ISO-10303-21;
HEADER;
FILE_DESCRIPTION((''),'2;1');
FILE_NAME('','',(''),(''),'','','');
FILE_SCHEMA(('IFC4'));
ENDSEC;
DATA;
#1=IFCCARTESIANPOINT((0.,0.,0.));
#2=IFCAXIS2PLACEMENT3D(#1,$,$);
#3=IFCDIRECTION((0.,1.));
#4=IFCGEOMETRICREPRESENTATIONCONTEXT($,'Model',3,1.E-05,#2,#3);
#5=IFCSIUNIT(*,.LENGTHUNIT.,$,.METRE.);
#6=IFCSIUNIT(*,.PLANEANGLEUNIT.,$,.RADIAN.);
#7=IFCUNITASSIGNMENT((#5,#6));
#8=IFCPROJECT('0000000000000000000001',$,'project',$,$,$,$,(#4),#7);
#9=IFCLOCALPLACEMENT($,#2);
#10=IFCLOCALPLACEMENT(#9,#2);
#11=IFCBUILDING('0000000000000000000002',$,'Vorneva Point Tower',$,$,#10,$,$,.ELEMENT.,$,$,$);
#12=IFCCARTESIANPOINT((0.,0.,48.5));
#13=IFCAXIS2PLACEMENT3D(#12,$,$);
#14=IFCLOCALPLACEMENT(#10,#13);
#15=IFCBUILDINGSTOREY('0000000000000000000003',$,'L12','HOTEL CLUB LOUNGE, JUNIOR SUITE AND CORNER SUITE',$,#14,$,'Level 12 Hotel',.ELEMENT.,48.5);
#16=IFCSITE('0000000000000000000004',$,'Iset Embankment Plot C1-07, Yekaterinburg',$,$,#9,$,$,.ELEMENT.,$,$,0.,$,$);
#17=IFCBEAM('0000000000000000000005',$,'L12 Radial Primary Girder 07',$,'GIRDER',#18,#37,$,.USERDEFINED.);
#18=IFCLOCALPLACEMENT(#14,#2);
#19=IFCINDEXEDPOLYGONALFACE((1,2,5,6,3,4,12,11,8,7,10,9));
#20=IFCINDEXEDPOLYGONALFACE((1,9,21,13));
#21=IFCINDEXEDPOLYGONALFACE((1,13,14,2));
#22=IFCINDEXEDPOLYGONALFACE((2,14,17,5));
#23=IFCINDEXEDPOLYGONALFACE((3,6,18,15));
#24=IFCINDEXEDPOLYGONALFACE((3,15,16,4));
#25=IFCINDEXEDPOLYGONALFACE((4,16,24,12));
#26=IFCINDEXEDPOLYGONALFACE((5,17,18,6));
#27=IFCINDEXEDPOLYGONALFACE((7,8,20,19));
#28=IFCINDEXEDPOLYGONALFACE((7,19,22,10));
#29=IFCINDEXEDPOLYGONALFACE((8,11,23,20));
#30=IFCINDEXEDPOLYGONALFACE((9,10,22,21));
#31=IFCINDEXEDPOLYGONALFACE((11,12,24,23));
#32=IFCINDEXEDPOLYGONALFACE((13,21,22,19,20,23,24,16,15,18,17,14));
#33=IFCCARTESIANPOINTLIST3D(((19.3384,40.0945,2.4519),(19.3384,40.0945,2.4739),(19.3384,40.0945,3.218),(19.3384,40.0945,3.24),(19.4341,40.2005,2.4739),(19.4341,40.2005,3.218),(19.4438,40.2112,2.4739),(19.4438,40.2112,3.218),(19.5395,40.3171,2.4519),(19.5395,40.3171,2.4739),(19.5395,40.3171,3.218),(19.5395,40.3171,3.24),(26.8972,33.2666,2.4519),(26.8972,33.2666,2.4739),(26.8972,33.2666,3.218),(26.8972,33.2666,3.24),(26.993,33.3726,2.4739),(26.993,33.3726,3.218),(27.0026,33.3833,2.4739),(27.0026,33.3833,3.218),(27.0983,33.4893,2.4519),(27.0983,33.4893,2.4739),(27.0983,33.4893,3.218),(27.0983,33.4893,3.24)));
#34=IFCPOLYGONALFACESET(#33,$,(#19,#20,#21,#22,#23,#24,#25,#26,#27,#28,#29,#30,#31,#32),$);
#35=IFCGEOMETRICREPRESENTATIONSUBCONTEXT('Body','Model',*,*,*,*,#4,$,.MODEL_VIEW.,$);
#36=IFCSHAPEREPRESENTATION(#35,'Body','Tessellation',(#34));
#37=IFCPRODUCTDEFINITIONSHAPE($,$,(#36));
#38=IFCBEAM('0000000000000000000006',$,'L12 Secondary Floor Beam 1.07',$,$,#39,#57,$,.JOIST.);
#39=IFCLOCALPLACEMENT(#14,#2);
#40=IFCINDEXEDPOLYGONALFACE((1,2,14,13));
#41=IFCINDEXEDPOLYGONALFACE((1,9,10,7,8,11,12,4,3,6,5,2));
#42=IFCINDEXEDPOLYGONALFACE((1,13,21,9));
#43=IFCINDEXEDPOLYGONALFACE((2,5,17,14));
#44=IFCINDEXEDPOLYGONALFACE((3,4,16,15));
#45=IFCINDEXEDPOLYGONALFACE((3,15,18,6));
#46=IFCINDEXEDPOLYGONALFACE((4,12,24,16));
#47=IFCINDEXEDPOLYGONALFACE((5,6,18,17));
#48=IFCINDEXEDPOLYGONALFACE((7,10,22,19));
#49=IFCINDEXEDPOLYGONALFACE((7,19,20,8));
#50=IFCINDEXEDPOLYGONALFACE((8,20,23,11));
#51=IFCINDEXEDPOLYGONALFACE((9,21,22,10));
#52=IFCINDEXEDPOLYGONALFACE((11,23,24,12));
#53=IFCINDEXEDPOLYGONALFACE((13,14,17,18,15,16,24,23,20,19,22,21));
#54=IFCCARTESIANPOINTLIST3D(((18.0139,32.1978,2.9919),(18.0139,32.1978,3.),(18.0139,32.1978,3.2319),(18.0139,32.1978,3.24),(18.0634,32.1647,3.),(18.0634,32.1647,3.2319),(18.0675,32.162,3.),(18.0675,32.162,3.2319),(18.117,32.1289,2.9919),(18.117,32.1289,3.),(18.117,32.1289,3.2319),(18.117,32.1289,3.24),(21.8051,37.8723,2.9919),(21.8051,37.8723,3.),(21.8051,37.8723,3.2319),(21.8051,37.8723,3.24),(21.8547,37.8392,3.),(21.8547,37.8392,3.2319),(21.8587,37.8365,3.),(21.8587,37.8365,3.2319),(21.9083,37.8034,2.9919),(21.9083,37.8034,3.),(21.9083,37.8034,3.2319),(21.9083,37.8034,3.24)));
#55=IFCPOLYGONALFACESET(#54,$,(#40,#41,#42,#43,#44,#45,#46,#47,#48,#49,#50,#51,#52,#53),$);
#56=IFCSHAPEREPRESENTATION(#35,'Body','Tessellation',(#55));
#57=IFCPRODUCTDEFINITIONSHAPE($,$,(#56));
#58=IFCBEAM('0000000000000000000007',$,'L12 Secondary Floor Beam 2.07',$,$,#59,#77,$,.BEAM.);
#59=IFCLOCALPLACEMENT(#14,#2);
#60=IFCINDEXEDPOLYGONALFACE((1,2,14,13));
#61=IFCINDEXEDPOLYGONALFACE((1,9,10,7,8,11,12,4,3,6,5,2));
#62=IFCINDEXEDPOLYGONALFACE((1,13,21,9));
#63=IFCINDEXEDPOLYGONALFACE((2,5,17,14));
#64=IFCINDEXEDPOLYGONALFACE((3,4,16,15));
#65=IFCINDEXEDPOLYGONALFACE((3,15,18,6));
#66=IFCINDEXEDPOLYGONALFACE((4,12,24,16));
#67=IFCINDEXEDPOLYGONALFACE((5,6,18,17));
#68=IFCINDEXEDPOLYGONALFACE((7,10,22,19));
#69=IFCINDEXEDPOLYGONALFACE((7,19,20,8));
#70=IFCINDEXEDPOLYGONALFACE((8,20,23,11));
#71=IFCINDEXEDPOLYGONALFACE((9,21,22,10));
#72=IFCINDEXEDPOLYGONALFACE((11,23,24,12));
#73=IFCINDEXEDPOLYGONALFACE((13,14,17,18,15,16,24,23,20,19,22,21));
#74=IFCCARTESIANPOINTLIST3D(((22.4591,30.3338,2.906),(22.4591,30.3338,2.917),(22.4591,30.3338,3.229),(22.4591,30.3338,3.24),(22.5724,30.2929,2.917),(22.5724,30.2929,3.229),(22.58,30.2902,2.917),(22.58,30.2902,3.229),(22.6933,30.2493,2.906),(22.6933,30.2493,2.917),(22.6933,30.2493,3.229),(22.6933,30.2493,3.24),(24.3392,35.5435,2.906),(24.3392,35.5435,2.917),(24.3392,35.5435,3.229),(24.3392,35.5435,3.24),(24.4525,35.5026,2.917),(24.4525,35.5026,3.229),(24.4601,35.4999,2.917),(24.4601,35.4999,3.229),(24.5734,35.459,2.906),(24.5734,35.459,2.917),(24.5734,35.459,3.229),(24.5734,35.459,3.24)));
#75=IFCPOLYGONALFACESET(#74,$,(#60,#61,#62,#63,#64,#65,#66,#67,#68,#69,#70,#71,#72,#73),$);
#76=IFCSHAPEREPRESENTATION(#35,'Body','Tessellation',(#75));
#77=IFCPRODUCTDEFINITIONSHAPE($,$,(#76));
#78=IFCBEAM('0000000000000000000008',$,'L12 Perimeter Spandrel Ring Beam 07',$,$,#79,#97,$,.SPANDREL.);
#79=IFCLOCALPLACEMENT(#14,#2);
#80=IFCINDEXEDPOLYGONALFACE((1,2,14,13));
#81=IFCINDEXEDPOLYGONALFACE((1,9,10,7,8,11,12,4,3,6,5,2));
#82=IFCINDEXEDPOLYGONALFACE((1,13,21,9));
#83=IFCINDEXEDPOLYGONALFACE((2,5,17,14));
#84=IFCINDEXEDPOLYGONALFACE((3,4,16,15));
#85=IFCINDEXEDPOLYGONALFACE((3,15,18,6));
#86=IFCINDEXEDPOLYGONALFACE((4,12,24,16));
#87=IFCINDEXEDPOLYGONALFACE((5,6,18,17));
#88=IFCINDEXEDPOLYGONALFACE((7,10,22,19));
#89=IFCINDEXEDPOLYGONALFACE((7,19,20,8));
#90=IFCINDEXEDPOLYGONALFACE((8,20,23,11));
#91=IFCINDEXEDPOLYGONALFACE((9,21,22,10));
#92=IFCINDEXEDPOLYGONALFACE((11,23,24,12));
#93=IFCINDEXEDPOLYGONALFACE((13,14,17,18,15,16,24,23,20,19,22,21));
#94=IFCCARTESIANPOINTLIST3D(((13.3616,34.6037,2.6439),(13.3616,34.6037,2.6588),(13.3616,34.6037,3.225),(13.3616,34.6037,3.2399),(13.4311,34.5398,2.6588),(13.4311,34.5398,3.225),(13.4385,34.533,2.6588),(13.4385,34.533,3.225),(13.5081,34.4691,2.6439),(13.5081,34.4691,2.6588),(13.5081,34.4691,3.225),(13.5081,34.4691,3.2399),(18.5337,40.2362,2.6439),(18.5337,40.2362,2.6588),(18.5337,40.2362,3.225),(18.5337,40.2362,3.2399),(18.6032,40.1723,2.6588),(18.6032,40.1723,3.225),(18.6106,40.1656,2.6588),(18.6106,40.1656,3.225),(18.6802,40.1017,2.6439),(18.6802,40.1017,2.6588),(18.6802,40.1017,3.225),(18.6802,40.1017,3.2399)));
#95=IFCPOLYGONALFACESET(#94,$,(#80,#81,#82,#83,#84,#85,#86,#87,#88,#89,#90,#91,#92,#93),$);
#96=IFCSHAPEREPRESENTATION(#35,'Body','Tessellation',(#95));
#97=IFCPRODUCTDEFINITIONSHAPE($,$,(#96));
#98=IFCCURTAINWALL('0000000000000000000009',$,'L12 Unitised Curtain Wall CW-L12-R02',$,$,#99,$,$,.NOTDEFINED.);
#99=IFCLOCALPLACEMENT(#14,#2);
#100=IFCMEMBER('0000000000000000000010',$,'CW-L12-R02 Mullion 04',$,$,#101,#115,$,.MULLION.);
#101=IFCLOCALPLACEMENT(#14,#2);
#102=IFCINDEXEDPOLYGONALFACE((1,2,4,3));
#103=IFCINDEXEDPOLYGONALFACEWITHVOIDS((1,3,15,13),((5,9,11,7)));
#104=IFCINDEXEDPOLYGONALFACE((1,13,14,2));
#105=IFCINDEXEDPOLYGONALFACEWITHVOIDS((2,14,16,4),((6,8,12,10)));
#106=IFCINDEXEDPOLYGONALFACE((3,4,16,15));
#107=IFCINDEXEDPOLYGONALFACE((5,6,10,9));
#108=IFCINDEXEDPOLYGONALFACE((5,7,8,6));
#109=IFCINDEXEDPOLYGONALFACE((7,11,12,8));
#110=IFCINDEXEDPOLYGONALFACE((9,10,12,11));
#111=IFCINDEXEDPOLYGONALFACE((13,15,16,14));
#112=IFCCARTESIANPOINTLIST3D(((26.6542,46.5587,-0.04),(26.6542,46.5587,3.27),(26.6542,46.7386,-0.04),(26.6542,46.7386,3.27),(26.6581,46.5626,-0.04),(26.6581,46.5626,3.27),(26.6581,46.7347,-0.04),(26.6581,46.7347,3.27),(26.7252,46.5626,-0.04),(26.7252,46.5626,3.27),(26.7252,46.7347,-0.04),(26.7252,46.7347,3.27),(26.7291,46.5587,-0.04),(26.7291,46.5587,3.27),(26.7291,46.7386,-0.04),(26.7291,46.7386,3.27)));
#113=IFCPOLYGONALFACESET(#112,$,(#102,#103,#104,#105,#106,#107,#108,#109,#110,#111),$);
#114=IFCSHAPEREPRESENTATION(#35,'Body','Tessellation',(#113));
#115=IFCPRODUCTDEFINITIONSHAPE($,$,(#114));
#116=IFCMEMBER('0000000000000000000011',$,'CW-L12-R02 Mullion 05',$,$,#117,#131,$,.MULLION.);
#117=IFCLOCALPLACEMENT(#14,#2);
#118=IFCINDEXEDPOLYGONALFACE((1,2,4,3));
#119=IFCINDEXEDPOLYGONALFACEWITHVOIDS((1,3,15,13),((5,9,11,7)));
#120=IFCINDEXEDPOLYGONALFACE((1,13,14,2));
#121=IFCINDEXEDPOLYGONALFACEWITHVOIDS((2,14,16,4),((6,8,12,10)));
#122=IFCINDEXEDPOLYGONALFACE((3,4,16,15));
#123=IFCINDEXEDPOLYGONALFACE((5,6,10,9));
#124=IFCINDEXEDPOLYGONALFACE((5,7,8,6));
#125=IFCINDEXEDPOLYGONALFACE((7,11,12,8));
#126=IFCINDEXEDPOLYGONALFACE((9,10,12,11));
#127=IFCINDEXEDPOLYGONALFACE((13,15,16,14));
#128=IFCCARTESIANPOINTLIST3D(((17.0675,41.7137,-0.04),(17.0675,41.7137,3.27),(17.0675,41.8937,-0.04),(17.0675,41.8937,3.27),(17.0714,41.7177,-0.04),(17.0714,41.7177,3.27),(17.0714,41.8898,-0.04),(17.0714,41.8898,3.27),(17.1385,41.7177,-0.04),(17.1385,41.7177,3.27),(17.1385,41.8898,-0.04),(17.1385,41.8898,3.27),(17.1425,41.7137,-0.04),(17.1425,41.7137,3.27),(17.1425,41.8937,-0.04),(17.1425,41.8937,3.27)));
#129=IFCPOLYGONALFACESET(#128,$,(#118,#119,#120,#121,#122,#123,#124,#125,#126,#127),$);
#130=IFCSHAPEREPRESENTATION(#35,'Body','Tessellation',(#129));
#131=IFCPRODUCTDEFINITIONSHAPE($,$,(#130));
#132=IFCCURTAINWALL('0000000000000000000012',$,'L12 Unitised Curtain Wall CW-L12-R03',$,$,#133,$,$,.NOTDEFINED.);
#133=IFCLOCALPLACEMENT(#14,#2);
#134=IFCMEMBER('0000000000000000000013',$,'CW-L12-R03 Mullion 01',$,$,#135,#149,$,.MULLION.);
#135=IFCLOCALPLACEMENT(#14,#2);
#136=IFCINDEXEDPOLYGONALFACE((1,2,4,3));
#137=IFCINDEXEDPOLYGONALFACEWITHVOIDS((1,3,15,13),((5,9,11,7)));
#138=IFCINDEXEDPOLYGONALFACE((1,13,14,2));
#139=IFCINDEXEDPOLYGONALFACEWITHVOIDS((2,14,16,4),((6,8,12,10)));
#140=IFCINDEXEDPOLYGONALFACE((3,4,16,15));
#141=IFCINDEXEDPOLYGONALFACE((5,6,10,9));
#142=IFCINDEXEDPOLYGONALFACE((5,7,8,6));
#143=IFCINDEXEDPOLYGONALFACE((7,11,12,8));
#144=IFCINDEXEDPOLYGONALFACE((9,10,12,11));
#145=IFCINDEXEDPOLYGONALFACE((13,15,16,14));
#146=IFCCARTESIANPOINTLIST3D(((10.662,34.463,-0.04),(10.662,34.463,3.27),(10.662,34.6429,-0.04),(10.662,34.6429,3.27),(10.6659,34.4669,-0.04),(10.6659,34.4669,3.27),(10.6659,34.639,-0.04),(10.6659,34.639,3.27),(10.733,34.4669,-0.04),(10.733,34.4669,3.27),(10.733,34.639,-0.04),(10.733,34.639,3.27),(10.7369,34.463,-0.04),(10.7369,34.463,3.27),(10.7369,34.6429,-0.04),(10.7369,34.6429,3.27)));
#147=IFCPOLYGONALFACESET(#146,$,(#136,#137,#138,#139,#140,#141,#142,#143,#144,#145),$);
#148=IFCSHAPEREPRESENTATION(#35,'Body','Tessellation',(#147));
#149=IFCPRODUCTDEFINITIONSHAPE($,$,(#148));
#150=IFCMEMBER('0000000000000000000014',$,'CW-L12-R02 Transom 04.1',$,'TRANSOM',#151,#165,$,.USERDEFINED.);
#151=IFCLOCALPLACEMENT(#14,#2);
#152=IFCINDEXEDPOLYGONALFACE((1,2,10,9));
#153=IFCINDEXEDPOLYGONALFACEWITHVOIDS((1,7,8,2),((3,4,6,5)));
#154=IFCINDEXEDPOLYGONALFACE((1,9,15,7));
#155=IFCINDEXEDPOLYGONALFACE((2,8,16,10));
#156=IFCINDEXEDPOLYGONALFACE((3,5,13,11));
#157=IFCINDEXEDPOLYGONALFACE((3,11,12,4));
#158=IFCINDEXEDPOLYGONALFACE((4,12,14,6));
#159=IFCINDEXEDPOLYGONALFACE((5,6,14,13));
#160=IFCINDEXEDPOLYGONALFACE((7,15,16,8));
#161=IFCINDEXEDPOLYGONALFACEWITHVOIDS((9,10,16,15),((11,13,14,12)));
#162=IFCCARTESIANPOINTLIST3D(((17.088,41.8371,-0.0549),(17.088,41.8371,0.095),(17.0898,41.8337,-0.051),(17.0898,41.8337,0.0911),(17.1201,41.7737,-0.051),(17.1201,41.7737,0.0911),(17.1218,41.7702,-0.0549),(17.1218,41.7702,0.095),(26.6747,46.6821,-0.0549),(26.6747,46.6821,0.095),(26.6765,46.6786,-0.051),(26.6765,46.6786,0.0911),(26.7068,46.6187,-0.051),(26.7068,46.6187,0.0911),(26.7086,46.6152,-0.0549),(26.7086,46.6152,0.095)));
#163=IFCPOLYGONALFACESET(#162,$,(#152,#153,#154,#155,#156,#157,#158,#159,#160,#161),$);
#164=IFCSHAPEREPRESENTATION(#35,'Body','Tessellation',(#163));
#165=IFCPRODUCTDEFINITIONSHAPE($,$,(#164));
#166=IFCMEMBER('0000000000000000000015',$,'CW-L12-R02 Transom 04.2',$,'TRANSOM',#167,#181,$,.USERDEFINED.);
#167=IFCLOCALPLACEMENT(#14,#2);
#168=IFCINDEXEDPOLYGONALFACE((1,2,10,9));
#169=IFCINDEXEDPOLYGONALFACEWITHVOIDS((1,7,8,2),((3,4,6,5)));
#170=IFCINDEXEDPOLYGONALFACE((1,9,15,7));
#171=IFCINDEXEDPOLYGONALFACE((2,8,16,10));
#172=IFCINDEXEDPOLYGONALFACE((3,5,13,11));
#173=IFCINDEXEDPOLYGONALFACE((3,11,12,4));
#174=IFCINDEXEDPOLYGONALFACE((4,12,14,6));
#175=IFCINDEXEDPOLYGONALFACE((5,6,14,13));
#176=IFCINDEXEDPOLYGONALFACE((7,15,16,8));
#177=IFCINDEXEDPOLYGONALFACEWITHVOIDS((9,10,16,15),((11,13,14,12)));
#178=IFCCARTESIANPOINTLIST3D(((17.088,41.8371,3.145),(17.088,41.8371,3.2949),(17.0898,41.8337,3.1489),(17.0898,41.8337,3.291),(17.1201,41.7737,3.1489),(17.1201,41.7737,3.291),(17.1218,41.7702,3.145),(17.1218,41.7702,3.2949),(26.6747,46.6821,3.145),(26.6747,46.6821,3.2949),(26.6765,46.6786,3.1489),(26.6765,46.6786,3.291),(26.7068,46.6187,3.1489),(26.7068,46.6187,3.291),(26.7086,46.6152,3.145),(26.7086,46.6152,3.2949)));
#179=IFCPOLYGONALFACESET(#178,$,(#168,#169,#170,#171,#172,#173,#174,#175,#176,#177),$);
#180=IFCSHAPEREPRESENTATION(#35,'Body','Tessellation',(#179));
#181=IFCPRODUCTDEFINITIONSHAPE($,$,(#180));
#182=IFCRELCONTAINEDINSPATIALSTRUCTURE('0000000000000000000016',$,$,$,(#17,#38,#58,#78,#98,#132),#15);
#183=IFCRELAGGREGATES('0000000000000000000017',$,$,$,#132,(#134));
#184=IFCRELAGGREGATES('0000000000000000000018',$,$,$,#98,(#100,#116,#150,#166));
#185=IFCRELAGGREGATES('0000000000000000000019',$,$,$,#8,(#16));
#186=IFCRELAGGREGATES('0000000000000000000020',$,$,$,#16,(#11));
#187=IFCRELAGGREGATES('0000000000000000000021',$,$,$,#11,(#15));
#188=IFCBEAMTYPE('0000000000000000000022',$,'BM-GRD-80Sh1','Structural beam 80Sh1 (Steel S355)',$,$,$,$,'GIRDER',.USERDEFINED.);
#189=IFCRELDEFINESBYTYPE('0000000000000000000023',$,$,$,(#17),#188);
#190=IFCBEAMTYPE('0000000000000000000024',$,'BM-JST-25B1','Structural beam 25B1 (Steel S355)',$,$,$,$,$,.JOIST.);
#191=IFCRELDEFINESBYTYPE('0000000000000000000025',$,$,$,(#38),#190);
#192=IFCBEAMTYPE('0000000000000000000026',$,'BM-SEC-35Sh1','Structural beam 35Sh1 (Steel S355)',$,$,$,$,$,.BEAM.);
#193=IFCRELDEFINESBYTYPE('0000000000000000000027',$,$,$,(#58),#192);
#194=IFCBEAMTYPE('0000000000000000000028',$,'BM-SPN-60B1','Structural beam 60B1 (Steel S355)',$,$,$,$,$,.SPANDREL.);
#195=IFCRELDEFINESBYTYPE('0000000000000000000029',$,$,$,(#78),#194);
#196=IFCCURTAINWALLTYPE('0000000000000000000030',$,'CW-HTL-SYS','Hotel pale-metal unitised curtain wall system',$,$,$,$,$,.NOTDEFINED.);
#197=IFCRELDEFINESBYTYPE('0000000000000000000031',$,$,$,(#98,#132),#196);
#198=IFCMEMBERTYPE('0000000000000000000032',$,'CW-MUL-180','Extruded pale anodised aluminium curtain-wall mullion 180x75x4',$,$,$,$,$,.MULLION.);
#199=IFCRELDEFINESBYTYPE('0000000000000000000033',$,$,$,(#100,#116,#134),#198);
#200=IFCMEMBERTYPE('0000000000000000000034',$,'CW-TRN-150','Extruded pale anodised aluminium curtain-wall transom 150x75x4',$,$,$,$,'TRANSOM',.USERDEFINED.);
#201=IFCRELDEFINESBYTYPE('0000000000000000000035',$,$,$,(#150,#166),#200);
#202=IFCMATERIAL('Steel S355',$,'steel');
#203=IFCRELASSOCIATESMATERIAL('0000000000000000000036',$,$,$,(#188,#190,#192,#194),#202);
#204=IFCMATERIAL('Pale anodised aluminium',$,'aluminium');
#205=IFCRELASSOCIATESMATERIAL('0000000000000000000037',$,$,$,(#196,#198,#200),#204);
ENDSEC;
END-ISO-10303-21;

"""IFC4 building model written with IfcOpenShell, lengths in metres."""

from ifc_helpers import new_model, si_unit, direction, frame, origin, origin_2d, place, context, subcontext, project, spatial, hollow_rectangle, i_section, extrude, material, material_profile, profile_set, type_object, element, aggregate, save


model = new_model("IFC4")

# Units and contexts
model_context = context("Model", 3, precision=1e-05, world=origin(), true_north=direction((0.0, 1.0)))
body_context = subcontext(model_context, "Body", "Model", "MODEL_VIEW")
ifc_project = project(units=[si_unit("LENGTHUNIT", "METRE"), si_unit("PLANEANGLEUNIT", "RADIAN")], contexts=[model_context])

# Site, building, storey
site_placement = place(None, origin())
site = spatial("IfcSite", under=ifc_project, at=site_placement, Name="Iset Embankment Plot C1-07, Yekaterinburg", CompositionType="ELEMENT", RefElevation=0.0)
building_placement = place(site_placement, origin())
building = spatial("IfcBuilding", under=site, at=building_placement, Name="Vorneva Point Tower", CompositionType="ELEMENT")
storey_placement = place(building_placement, frame((0.0, 0.0, 48.5)))
storey = spatial("IfcBuildingStorey", under=building, at=storey_placement, Name="L12", Description="HOTEL CLUB LOUNGE, JUNIOR SUITE AND CORNER SUITE", LongName="Level 12 Hotel", CompositionType="ELEMENT", Elevation=48.5)

# Beams
ifc_material_1 = material(Name="Steel S355", Category="steel")
ifc_material_profile_1 = material_profile(ifc_material_1, i_section(OverallWidth=0.3, OverallDepth=0.7881, WebThickness=0.0144, FlangeThickness=0.022, at=origin_2d()), Name="80Sh1")
ifc_profile_set_1 = profile_set([ifc_material_profile_1], Name="Steel S355")
beam_type_1 = type_object("IfcBeamType", Name="BM-GRD-80Sh1", Description="Structural beam 80Sh1 (Steel S355)", ElementType="GIRDER", PredefinedType="USERDEFINED", material=ifc_profile_set_1)
beam_1_placement = place(storey_placement, frame((19.439, 40.2058, 2.8459), z_axis=(0.742076, -0.670316, 0.0), x_axis=(0.670316, 0.742076, 0.0)))
element("IfcBeam", 1, at=beam_1_placement, inside=storey, type_object=beam_type_1, Name="L12 Radial Primary Girder 07", ObjectType="GIRDER", PredefinedType="USERDEFINED", context=body_context, shape_type="SweptSolid", body=[
    extrude(i_section(OverallWidth=0.3, OverallDepth=0.7881, WebThickness=0.0144, FlangeThickness=0.022, at=origin_2d()), origin(), (0.0, 0.0, 1.0), 10.186),
])
ifc_material_profile_2 = material_profile(ifc_material_1, i_section(OverallWidth=0.124, OverallDepth=0.248, WebThickness=0.0049, FlangeThickness=0.0081, at=origin_2d()), Name="25B1")
ifc_profile_set_2 = profile_set([ifc_material_profile_2], Name="Steel S355")
beam_type_2 = type_object("IfcBeamType", Name="BM-JST-25B1", Description="Structural beam 25B1 (Steel S355)", PredefinedType="JOIST", material=ifc_profile_set_2)
beam_2_placement = place(storey_placement, frame((21.8567, 37.8379, 3.116), z_axis=(-0.555534, -0.831494, 0.0), x_axis=(0.831494, -0.555534, 0.0)))
element("IfcBeam", 2, at=beam_2_placement, inside=storey, type_object=beam_type_2, Name="L12 Secondary Floor Beam 1.07", PredefinedType="JOIST", context=body_context, shape_type="SweptSolid", body=[
    extrude(i_section(OverallWidth=0.124, OverallDepth=0.248, WebThickness=0.0049, FlangeThickness=0.0081, at=origin_2d()), origin(), (0.0, 0.0, 1.0), 6.8245),
])
ifc_material_profile_3 = material_profile(ifc_material_1, i_section(OverallWidth=0.249, OverallDepth=0.334, WebThickness=0.0081, FlangeThickness=0.011, at=origin_2d()), Name="35Sh1")
ifc_profile_set_3 = profile_set([ifc_material_profile_3], Name="Steel S355")
beam_type_3 = type_object("IfcBeamType", Name="BM-SEC-35Sh1", Description="Structural beam 35Sh1 (Steel S355)", PredefinedType="BEAM", material=ifc_profile_set_3)
beam_3_placement = place(storey_placement, frame((24.4563, 35.5012, 3.073), z_axis=(-0.339459, -0.940621, 0.0), x_axis=(0.940621, -0.339459, 0.0)))
element("IfcBeam", 3, at=beam_3_placement, inside=storey, type_object=beam_type_3, Name="L12 Secondary Floor Beam 2.07", PredefinedType="BEAM", context=body_context, shape_type="SweptSolid", body=[
    extrude(i_section(OverallWidth=0.249, OverallDepth=0.334, WebThickness=0.0081, FlangeThickness=0.011, at=origin_2d()), origin(), (0.0, 0.0, 1.0), 5.5386),
])
ifc_material_profile_4 = material_profile(ifc_material_1, i_section(OverallWidth=0.199, OverallDepth=0.5959, WebThickness=0.01, FlangeThickness=0.0149, at=origin_2d()), Name="60B1")
ifc_profile_set_4 = profile_set([ifc_material_profile_4], Name="Steel S355")
beam_type_4 = type_object("IfcBeamType", Name="BM-SPN-60B1", Description="Structural beam 60B1 (Steel S355)", PredefinedType="SPANDREL", material=ifc_profile_set_4)
beam_4_placement = place(storey_placement, frame((18.6069, 40.1689, 2.9419), z_axis=(-0.676359, -0.736572, 0.0), x_axis=(0.736572, -0.676359, 0.0)))
element("IfcBeam", 4, at=beam_4_placement, inside=storey, type_object=beam_type_4, Name="L12 Perimeter Spandrel Ring Beam 07", PredefinedType="SPANDREL", context=body_context, shape_type="SweptSolid", body=[
    extrude(i_section(OverallWidth=0.199, OverallDepth=0.5959, WebThickness=0.01, FlangeThickness=0.0149, at=origin_2d()), origin(), (0.0, 0.0, 1.0), 7.647),
])

# Curtain wall, members
ifc_material_2 = material(Name="Pale anodised aluminium", Category="aluminium")
curtain_wall_type = type_object("IfcCurtainWallType", Name="CW-HTL-SYS", Description="Hotel pale-metal unitised curtain wall system", PredefinedType="NOTDEFINED", material=ifc_material_2)
curtain_wall_1_placement = place(storey_placement, origin())
curtain_wall_1 = element("IfcCurtainWall", 5, at=curtain_wall_1_placement, inside=storey, type_object=curtain_wall_type, Name="L12 Unitised Curtain Wall CW-L12-R02", PredefinedType="NOTDEFINED")
ifc_material_profile_5 = material_profile(ifc_material_2, hollow_rectangle(XDim=0.075, YDim=0.1799, WallThickness=0.0039, at=origin_2d()), Name="AL-MUL 180x75x4")
ifc_profile_set_5 = profile_set([ifc_material_profile_5], Name="Pale anodised aluminium")
member_type_1 = type_object("IfcMemberType", Name="CW-MUL-180", Description="Extruded pale anodised aluminium curtain-wall mullion 180x75x4", PredefinedType="MULLION", material=ifc_profile_set_5)
member_1_placement = place(storey_placement, frame((26.6917, 46.6487, -0.04), z_axis=(0.0, 0.0, 1.0), x_axis=(1.0, 0.0, 0.0)))
member_1 = element("IfcMember", 6, at=member_1_placement, type_object=member_type_1, Name="CW-L12-R02 Mullion 04", PredefinedType="MULLION", context=body_context, shape_type="SweptSolid", body=[
    extrude(hollow_rectangle(XDim=0.075, YDim=0.1799, WallThickness=0.0039, at=origin_2d()), origin(), (0.0, 0.0, 1.0), 3.3101),
])
member_2_placement = place(storey_placement, frame((17.105, 41.8037, -0.04), z_axis=(0.0, 0.0, 1.0), x_axis=(1.0, 0.0, 0.0)))
member_2 = element("IfcMember", 7, at=member_2_placement, type_object=member_type_1, Name="CW-L12-R02 Mullion 05", PredefinedType="MULLION", context=body_context, shape_type="SweptSolid", body=[
    extrude(hollow_rectangle(XDim=0.075, YDim=0.1799, WallThickness=0.0039, at=origin_2d()), origin(), (0.0, 0.0, 1.0), 3.3101),
])

# Curtain wall, member
curtain_wall_2_placement = place(storey_placement, origin())
curtain_wall_2 = element("IfcCurtainWall", 8, at=curtain_wall_2_placement, inside=storey, type_object=curtain_wall_type, Name="L12 Unitised Curtain Wall CW-L12-R03", PredefinedType="NOTDEFINED")
member_3_placement = place(storey_placement, frame((10.6995, 34.553, -0.04), z_axis=(0.0, 0.0, 1.0), x_axis=(1.0, 0.0, 0.0)))
member_3 = element("IfcMember", 9, at=member_3_placement, type_object=member_type_1, Name="CW-L12-R03 Mullion 01", PredefinedType="MULLION", context=body_context, shape_type="SweptSolid", body=[
    extrude(hollow_rectangle(XDim=0.075, YDim=0.1799, WallThickness=0.0039, at=origin_2d()), origin(), (0.0, 0.0, 1.0), 3.3101),
])

# Members
ifc_material_profile_6 = material_profile(ifc_material_2, hollow_rectangle(XDim=0.075, YDim=0.1499, WallThickness=0.0039, at=origin_2d()), Name="AL-TRN 150x75x4")
ifc_profile_set_6 = profile_set([ifc_material_profile_6], Name="Pale anodised aluminium")
member_type_2 = type_object("IfcMemberType", Name="CW-TRN-150", Description="Extruded pale anodised aluminium curtain-wall transom 150x75x4", ElementType="TRANSOM", PredefinedType="USERDEFINED", material=ifc_profile_set_6)
member_4_placement = place(storey_placement, frame((26.6917, 46.6487, 0.02), z_axis=(-0.892496, -0.451055, 0.0), x_axis=(0.451055, -0.892496, 0.0)))
member_4 = element("IfcMember", 10, at=member_4_placement, type_object=member_type_2, Name="CW-L12-R02 Transom 04.1", ObjectType="TRANSOM", PredefinedType="USERDEFINED", context=body_context, shape_type="SweptSolid", body=[
    extrude(hollow_rectangle(XDim=0.075, YDim=0.1499, WallThickness=0.0039, at=origin_2d()), origin(), (0.0, 0.0, 1.0), 10.7415),
])
member_5_placement = place(storey_placement, frame((26.6917, 46.6487, 3.22), z_axis=(-0.892496, -0.451055, 0.0), x_axis=(0.451055, -0.892496, 0.0)))
member_5 = element("IfcMember", 11, at=member_5_placement, type_object=member_type_2, Name="CW-L12-R02 Transom 04.2", ObjectType="TRANSOM", PredefinedType="USERDEFINED", context=body_context, shape_type="SweptSolid", body=[
    extrude(hollow_rectangle(XDim=0.075, YDim=0.1499, WallThickness=0.0039, at=origin_2d()), origin(), (0.0, 0.0, 1.0), 10.7415),
])
aggregate(curtain_wall_2, [member_3])

aggregate(curtain_wall_1, [member_1, member_2, member_4, member_5])

save(model, "model.ifc")
